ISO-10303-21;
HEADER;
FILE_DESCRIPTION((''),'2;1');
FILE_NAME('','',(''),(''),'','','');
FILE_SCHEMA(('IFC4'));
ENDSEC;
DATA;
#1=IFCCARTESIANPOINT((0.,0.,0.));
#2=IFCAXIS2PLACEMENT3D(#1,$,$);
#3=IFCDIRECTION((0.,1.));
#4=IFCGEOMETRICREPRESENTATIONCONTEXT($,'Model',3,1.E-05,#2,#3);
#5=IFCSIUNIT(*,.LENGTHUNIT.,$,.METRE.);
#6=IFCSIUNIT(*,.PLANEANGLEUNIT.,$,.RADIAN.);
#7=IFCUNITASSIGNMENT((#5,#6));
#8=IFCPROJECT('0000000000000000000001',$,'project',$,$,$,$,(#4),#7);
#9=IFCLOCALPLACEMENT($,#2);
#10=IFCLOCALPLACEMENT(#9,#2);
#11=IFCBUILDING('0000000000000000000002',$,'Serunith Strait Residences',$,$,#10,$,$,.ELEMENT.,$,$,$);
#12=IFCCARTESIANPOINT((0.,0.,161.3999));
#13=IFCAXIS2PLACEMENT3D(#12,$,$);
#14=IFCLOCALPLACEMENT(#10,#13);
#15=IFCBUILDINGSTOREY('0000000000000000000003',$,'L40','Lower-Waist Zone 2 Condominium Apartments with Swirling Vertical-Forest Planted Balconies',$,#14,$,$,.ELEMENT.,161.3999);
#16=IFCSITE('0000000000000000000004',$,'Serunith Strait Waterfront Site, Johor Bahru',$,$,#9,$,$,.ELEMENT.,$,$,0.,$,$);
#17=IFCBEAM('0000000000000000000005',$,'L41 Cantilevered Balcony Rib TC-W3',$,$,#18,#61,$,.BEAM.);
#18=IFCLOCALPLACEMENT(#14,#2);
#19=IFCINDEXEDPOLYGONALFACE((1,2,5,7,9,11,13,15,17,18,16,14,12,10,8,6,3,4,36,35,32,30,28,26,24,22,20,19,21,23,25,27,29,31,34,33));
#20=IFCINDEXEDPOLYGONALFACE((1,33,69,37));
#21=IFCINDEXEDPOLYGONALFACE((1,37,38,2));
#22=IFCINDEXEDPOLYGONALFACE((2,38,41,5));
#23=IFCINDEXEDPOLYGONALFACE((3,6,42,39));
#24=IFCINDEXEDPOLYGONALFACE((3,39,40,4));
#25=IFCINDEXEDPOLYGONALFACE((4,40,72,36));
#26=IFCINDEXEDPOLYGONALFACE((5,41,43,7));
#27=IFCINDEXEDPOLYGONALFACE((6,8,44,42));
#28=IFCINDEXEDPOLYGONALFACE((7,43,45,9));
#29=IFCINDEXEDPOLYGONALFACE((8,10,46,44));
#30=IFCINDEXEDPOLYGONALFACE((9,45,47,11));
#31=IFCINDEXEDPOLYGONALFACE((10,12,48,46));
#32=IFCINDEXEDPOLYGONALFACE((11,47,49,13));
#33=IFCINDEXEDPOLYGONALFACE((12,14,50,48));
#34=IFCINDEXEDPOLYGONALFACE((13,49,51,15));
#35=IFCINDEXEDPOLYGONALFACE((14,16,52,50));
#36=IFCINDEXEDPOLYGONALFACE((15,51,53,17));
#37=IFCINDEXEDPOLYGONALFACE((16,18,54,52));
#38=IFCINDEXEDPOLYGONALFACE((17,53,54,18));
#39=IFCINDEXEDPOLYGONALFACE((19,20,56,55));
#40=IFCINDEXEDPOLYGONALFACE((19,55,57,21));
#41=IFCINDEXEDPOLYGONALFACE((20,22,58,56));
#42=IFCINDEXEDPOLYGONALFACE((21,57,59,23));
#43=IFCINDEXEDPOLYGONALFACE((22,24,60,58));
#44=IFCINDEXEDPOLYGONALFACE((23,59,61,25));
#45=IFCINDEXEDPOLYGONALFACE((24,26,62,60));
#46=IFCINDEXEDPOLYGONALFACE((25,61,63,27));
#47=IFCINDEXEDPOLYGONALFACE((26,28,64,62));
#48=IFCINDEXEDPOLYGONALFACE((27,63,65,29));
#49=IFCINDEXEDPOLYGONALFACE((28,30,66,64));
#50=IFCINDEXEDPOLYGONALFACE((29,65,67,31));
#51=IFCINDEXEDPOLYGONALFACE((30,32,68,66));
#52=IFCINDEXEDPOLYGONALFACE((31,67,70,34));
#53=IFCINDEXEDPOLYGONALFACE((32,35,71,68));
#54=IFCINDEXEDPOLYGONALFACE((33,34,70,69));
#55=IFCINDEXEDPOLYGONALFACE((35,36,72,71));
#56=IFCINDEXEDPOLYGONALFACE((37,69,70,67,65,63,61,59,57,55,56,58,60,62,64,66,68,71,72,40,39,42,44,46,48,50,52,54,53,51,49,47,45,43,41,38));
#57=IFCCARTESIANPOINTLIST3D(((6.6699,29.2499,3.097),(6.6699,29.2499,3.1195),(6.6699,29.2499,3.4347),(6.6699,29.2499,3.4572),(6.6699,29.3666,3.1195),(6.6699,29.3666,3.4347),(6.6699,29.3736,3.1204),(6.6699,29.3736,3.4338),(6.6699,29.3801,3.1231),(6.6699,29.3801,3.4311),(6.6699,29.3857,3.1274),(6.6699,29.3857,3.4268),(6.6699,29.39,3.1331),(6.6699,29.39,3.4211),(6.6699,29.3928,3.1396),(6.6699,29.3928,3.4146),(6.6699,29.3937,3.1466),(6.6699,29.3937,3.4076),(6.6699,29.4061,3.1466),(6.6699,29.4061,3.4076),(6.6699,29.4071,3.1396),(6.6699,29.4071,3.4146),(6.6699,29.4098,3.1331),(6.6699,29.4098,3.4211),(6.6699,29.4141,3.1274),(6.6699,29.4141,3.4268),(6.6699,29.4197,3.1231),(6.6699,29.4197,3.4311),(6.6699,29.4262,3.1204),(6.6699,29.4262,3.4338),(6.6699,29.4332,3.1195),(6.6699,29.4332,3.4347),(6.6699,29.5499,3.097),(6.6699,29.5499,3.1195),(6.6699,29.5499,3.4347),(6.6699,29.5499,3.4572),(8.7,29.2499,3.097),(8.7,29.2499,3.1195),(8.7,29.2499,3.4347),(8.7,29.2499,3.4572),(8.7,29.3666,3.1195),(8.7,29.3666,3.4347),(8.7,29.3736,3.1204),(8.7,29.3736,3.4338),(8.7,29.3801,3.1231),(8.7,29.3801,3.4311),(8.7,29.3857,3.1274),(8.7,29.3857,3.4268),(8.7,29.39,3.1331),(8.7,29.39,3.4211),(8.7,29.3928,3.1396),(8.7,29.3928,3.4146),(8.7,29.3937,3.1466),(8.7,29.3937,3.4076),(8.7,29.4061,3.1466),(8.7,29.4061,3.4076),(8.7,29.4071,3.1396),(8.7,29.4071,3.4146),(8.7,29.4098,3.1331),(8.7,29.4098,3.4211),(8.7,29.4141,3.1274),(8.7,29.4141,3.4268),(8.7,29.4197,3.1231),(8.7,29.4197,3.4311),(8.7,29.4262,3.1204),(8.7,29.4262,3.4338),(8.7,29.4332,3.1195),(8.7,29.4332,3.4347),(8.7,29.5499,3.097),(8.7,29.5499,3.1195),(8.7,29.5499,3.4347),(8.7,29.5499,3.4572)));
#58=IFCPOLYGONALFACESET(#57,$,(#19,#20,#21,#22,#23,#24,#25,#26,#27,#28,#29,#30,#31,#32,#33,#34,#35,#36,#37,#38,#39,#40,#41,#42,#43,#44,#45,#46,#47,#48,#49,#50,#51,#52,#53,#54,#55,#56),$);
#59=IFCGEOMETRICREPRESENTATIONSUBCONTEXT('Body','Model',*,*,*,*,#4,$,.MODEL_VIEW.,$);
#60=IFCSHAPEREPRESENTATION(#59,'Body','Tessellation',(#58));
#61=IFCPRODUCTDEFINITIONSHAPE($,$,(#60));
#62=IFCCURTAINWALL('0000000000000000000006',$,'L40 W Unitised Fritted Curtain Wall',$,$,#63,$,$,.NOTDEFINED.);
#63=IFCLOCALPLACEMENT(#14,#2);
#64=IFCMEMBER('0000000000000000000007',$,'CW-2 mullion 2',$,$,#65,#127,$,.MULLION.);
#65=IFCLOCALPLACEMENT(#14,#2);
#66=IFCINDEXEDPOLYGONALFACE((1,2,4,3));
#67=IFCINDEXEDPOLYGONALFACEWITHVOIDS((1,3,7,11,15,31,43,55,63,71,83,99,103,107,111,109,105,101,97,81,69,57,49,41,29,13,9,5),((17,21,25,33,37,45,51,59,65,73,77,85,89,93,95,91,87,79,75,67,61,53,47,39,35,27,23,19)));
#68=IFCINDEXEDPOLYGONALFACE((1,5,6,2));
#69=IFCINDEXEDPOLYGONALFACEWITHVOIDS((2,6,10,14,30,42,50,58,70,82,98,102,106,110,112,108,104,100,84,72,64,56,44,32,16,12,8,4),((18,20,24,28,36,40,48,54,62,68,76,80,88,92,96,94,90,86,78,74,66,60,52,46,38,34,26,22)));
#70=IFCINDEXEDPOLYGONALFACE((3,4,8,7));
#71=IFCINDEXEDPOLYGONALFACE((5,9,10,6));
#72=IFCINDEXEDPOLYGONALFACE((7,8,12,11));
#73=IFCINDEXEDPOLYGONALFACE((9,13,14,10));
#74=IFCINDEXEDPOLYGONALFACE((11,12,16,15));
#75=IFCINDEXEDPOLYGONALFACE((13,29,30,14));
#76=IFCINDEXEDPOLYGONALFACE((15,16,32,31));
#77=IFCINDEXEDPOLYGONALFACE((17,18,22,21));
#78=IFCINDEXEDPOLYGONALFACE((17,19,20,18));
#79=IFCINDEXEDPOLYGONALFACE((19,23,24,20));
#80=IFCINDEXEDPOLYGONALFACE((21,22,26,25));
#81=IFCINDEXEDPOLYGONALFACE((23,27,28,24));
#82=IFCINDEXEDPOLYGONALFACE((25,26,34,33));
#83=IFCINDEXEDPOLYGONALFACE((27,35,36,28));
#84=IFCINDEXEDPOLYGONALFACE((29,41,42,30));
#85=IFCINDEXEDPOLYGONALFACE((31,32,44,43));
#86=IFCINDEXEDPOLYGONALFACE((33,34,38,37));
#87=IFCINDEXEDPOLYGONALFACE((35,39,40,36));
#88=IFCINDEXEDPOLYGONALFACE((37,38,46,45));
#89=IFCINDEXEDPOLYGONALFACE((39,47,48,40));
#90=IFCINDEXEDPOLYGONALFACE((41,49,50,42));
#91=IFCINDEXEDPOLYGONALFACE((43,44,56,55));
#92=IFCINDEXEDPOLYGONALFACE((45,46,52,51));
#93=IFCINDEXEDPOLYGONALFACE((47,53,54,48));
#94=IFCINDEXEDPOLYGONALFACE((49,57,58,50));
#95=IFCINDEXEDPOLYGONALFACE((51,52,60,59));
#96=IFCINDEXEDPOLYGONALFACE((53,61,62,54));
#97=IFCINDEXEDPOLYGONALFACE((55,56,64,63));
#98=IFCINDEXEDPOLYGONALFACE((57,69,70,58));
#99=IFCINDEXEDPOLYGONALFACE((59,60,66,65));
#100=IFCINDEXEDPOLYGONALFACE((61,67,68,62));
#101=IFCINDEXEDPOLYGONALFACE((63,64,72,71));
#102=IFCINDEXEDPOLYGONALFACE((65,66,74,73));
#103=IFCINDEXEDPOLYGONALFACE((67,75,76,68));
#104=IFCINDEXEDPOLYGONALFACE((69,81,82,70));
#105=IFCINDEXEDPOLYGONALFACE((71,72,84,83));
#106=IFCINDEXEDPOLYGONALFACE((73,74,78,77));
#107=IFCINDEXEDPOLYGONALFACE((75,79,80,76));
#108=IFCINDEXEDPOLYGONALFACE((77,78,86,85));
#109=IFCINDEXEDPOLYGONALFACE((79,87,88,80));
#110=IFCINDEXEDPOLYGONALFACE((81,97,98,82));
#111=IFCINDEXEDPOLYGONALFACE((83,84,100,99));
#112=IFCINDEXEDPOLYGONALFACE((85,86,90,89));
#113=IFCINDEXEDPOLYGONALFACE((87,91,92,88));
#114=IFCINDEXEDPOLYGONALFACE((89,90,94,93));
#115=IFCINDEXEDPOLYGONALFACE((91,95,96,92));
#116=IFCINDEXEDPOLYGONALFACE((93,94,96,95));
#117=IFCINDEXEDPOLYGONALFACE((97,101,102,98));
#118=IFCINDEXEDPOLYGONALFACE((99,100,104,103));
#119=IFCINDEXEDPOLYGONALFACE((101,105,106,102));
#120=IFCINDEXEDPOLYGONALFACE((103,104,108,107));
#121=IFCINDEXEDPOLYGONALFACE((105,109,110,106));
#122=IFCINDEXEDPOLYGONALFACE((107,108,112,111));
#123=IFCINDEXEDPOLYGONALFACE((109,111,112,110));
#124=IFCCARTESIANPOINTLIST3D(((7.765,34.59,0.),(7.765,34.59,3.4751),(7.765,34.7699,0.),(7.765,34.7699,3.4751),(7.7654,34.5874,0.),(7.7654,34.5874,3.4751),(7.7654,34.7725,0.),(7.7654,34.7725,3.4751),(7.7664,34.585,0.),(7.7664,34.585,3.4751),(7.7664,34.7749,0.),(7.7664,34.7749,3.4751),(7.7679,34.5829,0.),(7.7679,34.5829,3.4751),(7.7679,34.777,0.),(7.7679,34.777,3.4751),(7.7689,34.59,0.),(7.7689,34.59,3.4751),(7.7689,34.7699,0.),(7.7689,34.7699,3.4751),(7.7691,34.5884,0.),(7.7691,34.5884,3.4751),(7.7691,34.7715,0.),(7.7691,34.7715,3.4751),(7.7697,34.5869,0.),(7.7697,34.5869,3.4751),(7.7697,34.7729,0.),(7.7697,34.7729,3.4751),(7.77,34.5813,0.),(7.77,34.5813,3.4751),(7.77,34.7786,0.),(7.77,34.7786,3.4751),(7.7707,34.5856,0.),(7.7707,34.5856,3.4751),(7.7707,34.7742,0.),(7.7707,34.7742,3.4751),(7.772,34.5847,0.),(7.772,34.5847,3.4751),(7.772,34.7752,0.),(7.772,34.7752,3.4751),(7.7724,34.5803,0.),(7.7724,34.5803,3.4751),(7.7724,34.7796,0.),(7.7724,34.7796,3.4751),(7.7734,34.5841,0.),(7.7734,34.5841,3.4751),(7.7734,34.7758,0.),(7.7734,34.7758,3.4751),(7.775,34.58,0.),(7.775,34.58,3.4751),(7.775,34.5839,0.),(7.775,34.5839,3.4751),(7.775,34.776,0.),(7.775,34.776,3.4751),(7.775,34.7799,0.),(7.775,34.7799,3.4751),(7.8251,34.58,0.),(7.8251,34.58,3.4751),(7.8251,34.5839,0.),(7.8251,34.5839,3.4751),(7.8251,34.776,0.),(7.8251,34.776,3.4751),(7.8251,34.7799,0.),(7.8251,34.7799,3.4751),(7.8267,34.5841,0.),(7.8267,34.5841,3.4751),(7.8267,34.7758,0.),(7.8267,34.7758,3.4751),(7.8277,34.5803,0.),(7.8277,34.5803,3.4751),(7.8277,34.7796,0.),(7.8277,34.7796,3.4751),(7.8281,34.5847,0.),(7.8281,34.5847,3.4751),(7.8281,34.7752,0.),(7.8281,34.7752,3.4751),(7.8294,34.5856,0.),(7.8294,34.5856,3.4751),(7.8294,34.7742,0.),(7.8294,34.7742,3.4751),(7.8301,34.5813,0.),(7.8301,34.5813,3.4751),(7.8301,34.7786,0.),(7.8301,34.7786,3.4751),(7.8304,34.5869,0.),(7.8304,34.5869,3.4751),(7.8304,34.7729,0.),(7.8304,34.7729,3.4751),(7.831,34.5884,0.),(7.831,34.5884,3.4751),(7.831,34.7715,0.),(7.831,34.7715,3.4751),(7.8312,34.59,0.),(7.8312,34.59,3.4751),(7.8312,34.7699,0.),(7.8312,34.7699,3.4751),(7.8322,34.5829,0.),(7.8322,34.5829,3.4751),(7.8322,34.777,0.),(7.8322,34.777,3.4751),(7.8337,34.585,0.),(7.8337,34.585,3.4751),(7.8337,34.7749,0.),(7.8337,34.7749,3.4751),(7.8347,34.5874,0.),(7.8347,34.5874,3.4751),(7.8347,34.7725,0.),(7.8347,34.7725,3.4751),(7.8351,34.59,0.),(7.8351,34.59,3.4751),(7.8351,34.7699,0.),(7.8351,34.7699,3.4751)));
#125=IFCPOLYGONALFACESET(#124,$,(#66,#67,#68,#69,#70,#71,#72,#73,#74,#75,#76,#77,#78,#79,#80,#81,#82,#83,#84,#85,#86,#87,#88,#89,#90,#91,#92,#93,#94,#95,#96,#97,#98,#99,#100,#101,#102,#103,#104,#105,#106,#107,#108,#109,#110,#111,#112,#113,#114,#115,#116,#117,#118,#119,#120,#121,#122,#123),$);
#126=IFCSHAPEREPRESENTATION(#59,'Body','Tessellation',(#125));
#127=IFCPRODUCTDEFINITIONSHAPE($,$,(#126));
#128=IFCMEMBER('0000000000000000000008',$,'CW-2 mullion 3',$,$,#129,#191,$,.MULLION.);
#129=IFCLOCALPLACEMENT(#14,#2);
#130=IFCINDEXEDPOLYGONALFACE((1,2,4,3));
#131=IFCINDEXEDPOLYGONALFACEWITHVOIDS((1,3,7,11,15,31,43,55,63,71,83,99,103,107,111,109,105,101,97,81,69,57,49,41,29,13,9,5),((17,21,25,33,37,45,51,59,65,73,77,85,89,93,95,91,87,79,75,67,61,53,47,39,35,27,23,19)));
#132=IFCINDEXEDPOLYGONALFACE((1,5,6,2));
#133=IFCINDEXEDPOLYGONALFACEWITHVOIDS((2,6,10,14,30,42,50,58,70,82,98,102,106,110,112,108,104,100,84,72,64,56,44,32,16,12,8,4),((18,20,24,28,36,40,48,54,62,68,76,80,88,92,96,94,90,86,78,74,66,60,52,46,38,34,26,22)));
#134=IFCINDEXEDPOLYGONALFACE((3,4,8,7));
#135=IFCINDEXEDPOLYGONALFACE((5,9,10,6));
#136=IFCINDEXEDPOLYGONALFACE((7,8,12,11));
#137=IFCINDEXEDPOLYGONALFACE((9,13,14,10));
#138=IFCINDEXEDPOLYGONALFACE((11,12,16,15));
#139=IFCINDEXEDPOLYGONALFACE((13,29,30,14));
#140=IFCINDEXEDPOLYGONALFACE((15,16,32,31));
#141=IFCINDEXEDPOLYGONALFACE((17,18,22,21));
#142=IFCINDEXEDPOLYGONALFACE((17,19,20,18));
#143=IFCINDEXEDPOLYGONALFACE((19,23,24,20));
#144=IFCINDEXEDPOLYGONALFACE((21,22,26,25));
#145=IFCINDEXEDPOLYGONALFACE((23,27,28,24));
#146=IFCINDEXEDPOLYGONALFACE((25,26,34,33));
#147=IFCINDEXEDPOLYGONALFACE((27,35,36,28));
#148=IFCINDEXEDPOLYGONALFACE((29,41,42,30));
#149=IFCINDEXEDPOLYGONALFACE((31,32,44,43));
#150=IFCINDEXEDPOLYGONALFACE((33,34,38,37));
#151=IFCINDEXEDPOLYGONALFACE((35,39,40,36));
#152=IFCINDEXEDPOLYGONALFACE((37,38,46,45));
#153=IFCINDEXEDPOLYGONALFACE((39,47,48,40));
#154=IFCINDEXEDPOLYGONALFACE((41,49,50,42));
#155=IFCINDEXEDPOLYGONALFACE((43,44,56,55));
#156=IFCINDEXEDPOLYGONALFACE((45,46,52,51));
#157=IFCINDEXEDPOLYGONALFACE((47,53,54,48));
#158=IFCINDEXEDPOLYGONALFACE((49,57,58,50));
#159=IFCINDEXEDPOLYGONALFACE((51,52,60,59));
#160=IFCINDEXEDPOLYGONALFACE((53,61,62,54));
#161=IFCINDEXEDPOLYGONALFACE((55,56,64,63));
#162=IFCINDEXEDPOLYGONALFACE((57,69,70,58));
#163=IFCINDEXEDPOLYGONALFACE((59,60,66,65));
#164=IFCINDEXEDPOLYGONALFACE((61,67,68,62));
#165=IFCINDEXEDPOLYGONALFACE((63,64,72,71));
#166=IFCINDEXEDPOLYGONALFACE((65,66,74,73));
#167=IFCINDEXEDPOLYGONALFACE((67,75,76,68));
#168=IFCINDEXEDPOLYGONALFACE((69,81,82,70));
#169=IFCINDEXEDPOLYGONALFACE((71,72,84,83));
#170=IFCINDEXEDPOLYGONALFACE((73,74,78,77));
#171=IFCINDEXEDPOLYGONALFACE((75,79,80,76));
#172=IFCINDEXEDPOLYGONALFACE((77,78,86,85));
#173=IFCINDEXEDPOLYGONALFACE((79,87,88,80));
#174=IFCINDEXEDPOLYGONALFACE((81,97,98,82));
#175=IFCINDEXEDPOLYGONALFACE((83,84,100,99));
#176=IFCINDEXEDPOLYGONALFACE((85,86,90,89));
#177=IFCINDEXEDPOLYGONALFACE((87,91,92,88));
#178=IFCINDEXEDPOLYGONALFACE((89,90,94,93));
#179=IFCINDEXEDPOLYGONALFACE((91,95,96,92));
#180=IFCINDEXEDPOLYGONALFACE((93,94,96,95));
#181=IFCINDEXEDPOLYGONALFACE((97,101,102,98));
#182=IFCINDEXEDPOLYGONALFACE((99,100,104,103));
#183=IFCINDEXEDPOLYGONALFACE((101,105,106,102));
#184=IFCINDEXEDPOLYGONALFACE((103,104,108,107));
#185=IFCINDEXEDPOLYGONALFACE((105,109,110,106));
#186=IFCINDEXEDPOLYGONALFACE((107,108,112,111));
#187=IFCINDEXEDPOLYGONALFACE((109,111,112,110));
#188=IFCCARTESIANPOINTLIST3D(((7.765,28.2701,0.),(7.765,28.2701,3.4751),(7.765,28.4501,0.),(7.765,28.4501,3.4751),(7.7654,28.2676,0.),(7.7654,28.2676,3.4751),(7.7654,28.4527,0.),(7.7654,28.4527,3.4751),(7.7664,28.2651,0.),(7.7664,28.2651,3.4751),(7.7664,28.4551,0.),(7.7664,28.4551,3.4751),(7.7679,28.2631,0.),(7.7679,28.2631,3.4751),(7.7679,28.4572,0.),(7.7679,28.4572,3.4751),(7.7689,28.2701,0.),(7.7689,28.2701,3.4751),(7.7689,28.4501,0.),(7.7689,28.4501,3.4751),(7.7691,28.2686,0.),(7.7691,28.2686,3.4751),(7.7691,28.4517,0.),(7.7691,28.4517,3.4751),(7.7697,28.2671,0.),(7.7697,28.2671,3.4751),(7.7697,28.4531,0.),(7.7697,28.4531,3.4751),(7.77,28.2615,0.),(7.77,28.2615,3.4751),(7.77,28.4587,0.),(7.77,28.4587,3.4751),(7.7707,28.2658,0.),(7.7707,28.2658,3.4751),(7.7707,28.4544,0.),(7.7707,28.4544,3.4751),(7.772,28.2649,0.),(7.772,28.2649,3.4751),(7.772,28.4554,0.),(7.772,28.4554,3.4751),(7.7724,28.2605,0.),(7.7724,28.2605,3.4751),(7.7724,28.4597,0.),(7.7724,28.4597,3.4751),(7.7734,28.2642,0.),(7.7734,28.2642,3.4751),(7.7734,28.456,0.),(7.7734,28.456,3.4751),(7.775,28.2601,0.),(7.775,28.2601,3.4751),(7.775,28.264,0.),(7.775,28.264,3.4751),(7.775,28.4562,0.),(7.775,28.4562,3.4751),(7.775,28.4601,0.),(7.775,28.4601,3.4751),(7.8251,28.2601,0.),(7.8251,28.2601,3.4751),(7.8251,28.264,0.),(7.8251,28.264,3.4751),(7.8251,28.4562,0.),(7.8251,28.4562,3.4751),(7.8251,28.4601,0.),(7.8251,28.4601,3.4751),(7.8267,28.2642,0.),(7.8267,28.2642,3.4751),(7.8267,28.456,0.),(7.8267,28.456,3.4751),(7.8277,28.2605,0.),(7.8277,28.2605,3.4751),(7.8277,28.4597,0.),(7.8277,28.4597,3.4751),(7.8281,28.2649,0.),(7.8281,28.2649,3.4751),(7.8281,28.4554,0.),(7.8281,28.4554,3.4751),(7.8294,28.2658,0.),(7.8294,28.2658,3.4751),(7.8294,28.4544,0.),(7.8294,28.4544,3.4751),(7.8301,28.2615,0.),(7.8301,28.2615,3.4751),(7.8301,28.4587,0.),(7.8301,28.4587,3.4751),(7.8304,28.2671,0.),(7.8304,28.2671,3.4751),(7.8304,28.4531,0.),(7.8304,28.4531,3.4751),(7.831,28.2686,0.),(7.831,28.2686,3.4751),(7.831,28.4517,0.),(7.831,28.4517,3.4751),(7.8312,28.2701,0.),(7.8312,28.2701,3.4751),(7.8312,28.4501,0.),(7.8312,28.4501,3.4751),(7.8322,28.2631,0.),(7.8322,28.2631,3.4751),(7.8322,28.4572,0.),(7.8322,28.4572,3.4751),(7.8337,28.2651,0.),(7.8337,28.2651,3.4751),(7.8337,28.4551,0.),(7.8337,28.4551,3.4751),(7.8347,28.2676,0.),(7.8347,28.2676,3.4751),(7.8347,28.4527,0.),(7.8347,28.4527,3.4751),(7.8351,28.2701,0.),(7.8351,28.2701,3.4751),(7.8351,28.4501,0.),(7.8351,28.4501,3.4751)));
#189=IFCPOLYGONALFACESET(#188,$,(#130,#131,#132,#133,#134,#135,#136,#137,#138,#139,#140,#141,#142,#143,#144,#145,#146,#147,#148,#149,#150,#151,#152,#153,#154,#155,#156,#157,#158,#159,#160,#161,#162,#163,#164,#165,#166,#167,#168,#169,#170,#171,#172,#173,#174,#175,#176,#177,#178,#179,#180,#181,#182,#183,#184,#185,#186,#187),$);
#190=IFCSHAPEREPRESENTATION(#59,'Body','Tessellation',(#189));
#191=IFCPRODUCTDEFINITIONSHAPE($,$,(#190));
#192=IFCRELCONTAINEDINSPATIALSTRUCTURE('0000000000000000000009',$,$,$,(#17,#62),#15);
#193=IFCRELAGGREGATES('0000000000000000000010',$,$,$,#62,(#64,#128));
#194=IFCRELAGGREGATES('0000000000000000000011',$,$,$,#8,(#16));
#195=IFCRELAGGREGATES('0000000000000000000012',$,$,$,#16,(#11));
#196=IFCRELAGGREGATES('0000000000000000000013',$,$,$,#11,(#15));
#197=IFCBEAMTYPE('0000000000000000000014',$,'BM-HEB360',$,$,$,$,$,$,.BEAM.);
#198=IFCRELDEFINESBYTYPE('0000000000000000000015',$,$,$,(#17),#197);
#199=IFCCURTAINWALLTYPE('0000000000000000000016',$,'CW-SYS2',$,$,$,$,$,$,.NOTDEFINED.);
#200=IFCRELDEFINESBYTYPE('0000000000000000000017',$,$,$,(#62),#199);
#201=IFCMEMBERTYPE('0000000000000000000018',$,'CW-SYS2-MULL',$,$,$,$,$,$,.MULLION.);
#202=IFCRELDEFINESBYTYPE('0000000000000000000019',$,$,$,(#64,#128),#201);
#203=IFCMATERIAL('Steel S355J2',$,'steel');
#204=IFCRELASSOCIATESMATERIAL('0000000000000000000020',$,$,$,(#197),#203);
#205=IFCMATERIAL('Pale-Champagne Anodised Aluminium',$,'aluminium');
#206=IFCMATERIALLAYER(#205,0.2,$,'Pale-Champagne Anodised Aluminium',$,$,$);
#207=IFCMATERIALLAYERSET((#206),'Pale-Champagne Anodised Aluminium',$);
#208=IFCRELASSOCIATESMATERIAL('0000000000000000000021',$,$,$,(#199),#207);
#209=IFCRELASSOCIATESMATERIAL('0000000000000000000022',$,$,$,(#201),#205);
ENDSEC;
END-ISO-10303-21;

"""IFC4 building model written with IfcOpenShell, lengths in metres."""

from ifc_helpers import new_model, si_unit, direction, frame, origin, origin_2d, place, context, subcontext, project, spatial, hollow_rectangle, i_section, extrude, source, transform, mapped, material, layer, layer_set, material_profile, profile_set, type_object, element, aggregate, save


model = new_model("IFC4")

# Units and contexts
model_context = context("Model", 3, precision=1e-05, world=origin(), true_north=direction((0.0, 1.0)))
body_context = subcontext(model_context, "Body", "Model", "MODEL_VIEW")
ifc_project = project(units=[si_unit("LENGTHUNIT", "METRE"), si_unit("PLANEANGLEUNIT", "RADIAN")], contexts=[model_context])

# Site, building, storey
site_placement = place(None, origin())
site = spatial("IfcSite", under=ifc_project, at=site_placement, Name="Serunith Strait Waterfront Site, Johor Bahru", CompositionType="ELEMENT", RefElevation=0.0)
building_placement = place(site_placement, origin())
building = spatial("IfcBuilding", under=site, at=building_placement, Name="Serunith Strait Residences", CompositionType="ELEMENT")
storey_placement = place(building_placement, frame((0.0, 0.0, 161.3999)))
storey = spatial("IfcBuildingStorey", under=building, at=storey_placement, Name="L40", Description="Lower-Waist Zone 2 Condominium Apartments with Swirling Vertical-Forest Planted Balconies", CompositionType="ELEMENT", Elevation=161.3999)

# Beam
ifc_material_1 = material(Name="Steel S355J2", Category="steel")
ifc_material_profile_1 = material_profile(ifc_material_1, i_section(OverallWidth=0.3, OverallDepth=0.3601, WebThickness=0.0125, FlangeThickness=0.0225, FilletRadius=0.0271, at=origin_2d()), Name="HEB 360")
ifc_profile_set_1 = profile_set([ifc_material_profile_1], Name="Steel S355J2")
beam_type_1 = type_object("IfcBeamType", Name="BM-HEB360", PredefinedType="BEAM", material=ifc_profile_set_1)
shared_shape_1 = source(origin(), body_context, "Body", "SweptSolid", [
    extrude(i_section(OverallWidth=0.3, OverallDepth=0.3601, WebThickness=0.0125, FlangeThickness=0.0225, FilletRadius=0.0271, at=origin_2d()), origin(), (0.0, 0.0, 1.0), 2.03),
])
beam_1_placement = place(storey_placement, frame((8.7, 29.3999, 3.2771), z_axis=(-1.0, 0.0, 0.0), x_axis=(0.0, -1.0, 0.0)))
element("IfcBeam", 1, at=beam_1_placement, inside=storey, type_object=beam_type_1, Name="L41 Cantilevered Balcony Rib TC-W3", PredefinedType="BEAM", context=body_context, shape_type="MappedRepresentation", body=[
    mapped(shared_shape_1, transform((0.0, 0.0, 0.0), scale=1.0)),
])

# Curtain wall, members
ifc_material_2 = material(Name="Pale-Champagne Anodised Aluminium", Category="aluminium")
ifc_layer_1 = layer(ifc_material_2, 0.2, Name="Pale-Champagne Anodised Aluminium")
ifc_layer_set_1 = layer_set([ifc_layer_1], Name="Pale-Champagne Anodised Aluminium")
curtain_wall_type = type_object("IfcCurtainWallType", Name="CW-SYS2", PredefinedType="NOTDEFINED", material=ifc_layer_set_1)
curtain_wall_placement = place(storey_placement, origin())
curtain_wall = element("IfcCurtainWall", 2, at=curtain_wall_placement, inside=storey, type_object=curtain_wall_type, Name="L40 W Unitised Fritted Curtain Wall", PredefinedType="NOTDEFINED")
ifc_material_profile_2 = material_profile(ifc_material_2, hollow_rectangle(XDim=0.0701, YDim=0.2, WallThickness=0.0039, InnerFilletRadius=0.0061, OuterFilletRadius=0.01, at=origin_2d()), Name="ALU 200x70x4")
ifc_profile_set_2 = profile_set([ifc_material_profile_2], Name="Pale-Champagne Anodised Aluminium")
member_type_1 = type_object("IfcMemberType", Name="CW-SYS2-MULL", PredefinedType="MULLION", material=ifc_profile_set_2)
shared_shape_2 = source(origin(), body_context, "Body", "SweptSolid", [
    extrude(hollow_rectangle(XDim=0.0701, YDim=0.2, WallThickness=0.0039, InnerFilletRadius=0.0061, OuterFilletRadius=0.01, at=origin_2d()), origin(), (0.0, 0.0, 1.0), 3.4751),
])
member_1_placement = place(storey_placement, frame((7.8, 34.6799, 0.0), z_axis=(0.0, 0.0, 1.0), x_axis=(1.0, 0.0, 0.0)))
member_1 = element("IfcMember", 3, at=member_1_placement, type_object=member_type_1, Name="CW-2 mullion 2", PredefinedType="MULLION", context=body_context, shape_type="MappedRepresentation", body=[
    mapped(shared_shape_2, transform((0.0, 0.0, 0.0), scale=1.0)),
])
member_2_placement = place(storey_placement, frame((7.8, 28.3601, 0.0), z_axis=(0.0, 0.0, 1.0), x_axis=(1.0, 0.0, 0.0)))
member_2 = element("IfcMember", 4, at=member_2_placement, type_object=member_type_1, Name="CW-2 mullion 3", PredefinedType="MULLION", context=body_context, shape_type="MappedRepresentation", body=[
    mapped(shared_shape_2, transform((0.0, 0.0, 0.0), scale=1.0)),
])
aggregate(curtain_wall, [member_1, member_2])

save(model, "model.ifc")
